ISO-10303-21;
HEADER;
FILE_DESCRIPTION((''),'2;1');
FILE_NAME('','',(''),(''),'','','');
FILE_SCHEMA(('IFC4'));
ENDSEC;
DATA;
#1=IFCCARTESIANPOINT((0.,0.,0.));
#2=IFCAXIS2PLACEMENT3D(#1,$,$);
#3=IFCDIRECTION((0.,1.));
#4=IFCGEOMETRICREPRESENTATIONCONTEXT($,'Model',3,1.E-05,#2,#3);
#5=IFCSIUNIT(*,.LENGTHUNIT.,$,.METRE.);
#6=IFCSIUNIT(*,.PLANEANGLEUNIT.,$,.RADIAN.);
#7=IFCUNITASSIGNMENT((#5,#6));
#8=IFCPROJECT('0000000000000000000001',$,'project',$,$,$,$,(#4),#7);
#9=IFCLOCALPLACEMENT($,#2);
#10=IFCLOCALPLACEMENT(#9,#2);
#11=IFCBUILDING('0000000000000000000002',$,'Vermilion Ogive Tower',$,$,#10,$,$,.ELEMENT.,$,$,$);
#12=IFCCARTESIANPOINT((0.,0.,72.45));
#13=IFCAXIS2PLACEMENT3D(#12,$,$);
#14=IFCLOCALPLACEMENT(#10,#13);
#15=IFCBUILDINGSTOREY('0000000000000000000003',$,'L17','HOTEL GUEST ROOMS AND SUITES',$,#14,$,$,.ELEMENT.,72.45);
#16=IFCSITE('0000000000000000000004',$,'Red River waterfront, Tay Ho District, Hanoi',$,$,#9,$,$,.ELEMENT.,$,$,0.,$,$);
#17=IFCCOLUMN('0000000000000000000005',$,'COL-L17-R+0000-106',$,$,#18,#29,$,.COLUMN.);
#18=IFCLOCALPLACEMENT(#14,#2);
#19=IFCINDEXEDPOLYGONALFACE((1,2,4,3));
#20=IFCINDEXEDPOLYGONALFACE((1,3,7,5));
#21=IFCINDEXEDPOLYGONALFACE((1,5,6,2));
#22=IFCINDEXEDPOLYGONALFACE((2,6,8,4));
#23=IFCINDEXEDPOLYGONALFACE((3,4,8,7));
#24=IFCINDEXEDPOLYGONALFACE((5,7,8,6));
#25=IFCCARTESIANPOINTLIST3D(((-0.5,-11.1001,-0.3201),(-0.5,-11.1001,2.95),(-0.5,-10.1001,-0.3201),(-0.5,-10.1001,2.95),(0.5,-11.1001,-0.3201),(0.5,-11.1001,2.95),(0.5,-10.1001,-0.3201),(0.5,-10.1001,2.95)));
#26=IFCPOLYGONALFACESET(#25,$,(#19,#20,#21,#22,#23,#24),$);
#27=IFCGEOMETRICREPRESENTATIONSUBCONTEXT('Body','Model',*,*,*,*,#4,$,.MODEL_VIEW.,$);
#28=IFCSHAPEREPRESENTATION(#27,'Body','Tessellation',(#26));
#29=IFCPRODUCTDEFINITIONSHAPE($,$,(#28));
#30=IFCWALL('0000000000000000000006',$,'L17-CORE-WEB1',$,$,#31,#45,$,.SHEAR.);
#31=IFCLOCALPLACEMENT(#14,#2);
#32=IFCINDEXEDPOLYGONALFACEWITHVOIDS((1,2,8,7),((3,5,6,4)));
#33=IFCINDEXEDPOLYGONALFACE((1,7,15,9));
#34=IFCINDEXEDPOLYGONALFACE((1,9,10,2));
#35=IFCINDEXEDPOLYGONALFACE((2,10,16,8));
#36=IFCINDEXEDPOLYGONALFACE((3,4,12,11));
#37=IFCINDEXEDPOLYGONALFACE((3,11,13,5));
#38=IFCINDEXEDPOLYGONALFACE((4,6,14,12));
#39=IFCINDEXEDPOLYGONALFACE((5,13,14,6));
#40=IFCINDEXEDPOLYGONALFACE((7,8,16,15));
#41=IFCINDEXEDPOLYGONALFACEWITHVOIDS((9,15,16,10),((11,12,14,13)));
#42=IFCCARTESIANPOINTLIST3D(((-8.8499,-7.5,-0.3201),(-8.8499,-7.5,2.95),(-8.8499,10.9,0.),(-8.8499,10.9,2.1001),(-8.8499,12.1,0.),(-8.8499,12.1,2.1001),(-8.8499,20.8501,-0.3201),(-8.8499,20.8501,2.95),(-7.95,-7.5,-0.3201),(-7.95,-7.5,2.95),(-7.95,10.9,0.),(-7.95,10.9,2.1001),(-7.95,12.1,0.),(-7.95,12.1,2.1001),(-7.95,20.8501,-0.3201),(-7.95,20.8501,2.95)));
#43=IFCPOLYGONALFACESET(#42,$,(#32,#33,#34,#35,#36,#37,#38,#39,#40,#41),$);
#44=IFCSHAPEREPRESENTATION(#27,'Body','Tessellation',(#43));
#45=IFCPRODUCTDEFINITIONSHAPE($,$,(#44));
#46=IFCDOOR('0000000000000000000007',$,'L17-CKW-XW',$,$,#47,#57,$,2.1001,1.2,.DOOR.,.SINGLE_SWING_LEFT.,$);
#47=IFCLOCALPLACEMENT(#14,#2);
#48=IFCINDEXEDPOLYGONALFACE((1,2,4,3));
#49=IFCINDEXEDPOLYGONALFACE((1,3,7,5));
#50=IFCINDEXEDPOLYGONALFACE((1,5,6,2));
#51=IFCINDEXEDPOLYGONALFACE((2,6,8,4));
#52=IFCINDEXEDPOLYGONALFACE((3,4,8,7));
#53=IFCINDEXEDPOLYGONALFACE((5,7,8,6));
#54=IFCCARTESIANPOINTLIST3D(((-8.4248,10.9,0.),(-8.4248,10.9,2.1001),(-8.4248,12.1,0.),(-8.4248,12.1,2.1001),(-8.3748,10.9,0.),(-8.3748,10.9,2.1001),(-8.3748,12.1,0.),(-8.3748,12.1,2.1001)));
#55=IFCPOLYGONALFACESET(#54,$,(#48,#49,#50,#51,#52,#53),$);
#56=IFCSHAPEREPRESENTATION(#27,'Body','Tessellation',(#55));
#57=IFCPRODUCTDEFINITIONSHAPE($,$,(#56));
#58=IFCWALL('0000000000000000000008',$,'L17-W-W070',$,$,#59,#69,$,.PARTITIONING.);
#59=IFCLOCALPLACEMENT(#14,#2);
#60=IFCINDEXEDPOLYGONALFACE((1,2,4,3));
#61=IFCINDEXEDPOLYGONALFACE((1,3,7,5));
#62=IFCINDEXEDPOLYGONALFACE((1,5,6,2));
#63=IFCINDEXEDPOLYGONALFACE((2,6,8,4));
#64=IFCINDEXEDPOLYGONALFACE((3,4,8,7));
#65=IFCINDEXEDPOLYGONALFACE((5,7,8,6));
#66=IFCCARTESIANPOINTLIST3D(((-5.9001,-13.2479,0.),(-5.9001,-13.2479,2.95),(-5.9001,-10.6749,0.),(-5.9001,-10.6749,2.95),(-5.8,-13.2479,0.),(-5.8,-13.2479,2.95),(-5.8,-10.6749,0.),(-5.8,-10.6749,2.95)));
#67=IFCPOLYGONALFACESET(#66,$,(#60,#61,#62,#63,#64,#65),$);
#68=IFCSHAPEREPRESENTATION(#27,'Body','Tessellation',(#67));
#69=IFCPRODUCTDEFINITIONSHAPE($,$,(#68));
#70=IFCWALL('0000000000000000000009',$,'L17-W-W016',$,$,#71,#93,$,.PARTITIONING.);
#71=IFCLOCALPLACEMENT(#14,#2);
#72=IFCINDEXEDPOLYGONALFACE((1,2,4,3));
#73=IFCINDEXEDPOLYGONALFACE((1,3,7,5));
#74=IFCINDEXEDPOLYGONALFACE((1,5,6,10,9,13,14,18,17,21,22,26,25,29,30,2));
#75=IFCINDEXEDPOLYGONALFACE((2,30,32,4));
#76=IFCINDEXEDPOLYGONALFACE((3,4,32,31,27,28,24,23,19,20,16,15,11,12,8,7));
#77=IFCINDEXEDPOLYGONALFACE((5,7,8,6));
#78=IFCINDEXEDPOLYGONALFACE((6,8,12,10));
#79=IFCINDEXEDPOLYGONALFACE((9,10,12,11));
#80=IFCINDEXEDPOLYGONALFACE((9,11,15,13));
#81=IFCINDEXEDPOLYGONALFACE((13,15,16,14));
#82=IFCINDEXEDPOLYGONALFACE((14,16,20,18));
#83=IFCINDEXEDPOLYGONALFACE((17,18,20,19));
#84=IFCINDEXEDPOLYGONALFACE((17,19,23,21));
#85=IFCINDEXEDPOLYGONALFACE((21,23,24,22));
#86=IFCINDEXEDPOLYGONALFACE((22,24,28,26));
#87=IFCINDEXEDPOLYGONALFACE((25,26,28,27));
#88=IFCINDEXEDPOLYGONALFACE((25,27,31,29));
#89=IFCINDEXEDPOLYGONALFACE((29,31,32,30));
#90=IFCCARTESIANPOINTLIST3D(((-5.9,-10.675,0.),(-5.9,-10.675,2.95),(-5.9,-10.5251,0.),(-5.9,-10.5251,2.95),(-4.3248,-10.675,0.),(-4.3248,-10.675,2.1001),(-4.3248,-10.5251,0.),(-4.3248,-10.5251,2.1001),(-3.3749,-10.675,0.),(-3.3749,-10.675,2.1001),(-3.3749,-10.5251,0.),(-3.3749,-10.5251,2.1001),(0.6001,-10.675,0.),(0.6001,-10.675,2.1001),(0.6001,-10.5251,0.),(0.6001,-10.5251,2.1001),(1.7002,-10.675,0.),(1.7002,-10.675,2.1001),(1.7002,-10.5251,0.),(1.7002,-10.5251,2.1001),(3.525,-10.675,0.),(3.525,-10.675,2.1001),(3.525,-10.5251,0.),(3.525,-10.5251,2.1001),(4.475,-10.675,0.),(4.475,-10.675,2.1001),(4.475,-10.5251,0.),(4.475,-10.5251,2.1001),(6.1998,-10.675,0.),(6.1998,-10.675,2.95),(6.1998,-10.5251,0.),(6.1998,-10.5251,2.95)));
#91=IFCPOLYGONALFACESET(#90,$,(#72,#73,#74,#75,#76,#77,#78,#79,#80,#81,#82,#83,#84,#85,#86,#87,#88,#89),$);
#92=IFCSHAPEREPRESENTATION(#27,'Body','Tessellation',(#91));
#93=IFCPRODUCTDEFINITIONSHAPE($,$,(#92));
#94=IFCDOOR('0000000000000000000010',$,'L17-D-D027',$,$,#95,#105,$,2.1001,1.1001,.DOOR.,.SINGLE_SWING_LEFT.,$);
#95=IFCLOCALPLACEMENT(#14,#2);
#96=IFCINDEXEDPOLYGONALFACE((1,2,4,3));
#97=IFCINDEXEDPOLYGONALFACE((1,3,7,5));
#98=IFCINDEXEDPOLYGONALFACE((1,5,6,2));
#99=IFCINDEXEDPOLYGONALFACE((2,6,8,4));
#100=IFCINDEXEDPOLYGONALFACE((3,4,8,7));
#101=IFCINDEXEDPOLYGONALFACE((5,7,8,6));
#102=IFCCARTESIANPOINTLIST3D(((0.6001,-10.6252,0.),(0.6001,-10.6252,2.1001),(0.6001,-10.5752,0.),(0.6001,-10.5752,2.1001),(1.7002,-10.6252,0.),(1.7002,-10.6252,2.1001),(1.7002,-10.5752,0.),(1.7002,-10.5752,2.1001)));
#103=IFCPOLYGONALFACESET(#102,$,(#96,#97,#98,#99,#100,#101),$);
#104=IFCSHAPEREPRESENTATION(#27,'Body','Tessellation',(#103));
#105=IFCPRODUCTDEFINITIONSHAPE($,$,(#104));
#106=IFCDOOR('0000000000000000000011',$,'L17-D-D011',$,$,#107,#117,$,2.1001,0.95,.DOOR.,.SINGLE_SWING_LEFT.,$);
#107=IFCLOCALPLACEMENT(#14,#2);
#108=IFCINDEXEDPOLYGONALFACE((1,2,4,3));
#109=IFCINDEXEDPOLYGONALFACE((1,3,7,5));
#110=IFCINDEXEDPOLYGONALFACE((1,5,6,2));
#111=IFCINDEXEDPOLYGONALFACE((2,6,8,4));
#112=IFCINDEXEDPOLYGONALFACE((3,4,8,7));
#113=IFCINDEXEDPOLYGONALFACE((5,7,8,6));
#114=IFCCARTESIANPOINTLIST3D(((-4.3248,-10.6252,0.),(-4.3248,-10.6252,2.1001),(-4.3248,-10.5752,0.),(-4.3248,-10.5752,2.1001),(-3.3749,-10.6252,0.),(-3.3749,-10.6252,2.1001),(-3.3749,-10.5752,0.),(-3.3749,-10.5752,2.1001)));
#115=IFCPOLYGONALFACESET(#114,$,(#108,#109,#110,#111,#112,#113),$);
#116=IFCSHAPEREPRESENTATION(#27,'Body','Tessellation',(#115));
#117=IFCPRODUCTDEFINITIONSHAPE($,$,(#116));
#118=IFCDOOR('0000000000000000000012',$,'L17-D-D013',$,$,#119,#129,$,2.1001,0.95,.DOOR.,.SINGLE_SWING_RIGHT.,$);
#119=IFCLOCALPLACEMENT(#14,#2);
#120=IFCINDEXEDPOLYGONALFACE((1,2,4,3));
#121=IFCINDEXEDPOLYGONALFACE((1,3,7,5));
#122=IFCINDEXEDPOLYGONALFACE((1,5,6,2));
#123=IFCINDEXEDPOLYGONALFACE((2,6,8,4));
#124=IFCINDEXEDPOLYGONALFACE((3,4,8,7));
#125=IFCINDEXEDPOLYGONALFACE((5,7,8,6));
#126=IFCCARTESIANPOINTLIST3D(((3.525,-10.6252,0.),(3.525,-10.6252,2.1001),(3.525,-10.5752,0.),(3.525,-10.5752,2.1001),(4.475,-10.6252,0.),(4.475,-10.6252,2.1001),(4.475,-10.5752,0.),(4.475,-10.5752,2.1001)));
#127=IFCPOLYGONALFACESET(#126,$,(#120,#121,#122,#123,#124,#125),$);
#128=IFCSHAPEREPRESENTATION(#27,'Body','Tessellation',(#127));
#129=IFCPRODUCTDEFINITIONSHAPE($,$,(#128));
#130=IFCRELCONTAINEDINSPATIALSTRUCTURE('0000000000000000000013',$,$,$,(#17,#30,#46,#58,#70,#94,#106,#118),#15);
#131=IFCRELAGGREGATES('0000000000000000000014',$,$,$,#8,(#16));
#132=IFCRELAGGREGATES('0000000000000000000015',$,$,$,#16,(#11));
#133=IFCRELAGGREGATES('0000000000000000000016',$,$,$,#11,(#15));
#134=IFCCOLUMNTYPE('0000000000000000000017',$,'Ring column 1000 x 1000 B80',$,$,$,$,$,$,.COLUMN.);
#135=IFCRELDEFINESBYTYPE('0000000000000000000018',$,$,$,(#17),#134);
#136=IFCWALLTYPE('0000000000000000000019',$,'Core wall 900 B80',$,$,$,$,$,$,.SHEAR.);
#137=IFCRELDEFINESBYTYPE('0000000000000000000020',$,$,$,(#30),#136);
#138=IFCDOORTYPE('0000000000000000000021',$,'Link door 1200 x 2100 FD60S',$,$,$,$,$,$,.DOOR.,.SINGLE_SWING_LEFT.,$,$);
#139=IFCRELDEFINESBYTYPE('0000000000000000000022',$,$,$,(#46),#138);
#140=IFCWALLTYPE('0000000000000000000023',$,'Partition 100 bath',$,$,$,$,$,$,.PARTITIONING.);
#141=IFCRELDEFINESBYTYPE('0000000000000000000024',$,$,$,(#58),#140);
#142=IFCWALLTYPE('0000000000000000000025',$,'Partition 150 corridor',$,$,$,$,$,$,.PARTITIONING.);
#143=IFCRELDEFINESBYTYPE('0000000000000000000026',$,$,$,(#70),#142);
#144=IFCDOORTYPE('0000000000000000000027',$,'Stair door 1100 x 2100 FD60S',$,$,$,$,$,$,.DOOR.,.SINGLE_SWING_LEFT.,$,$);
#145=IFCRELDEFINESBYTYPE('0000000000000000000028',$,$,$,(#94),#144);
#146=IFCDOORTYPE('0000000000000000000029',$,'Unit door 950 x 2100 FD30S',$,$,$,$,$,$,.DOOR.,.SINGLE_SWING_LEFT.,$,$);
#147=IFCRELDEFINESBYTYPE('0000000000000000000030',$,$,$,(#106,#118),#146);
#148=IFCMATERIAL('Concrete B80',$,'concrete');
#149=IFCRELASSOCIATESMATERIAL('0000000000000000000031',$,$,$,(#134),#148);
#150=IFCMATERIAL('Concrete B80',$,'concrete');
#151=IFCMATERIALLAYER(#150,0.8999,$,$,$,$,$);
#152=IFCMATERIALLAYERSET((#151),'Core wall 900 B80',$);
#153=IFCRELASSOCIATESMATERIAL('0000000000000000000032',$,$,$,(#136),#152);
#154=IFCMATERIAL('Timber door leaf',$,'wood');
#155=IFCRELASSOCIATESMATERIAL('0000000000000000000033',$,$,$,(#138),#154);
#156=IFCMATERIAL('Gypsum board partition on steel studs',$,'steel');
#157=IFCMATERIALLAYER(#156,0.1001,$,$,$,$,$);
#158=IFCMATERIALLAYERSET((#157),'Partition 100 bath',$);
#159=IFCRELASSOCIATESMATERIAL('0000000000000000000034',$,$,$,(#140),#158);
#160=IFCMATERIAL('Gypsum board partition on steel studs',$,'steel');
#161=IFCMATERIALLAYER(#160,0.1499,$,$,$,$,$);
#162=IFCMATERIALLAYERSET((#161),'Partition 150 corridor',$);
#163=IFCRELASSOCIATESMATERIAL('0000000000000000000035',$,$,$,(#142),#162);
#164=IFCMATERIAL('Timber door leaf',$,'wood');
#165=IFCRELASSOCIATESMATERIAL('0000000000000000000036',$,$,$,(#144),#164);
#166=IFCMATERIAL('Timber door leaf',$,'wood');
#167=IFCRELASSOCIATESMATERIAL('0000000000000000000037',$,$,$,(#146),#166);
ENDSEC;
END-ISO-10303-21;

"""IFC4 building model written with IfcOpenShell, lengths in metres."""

from ifc_helpers import new_model, si_unit, direction, frame, frame_2d, origin, origin_2d, place, context, subcontext, project, spatial, rectangle, extrude, material, layer, layer_set, material_profile, profile_set, type_object, element, fill, save


model = new_model("IFC4")

# Units and contexts
model_context = context("Model", 3, precision=1e-05, world=origin(), true_north=direction((0.0, 1.0)))
body_context = subcontext(model_context, "Body", "Model", "MODEL_VIEW")
ifc_project = project(units=[si_unit("LENGTHUNIT", "METRE"), si_unit("PLANEANGLEUNIT", "RADIAN")], contexts=[model_context])

# Site, building, storey
site_placement = place(None, origin())
site = spatial("IfcSite", under=ifc_project, at=site_placement, Name="Red River waterfront, Tay Ho District, Hanoi", CompositionType="ELEMENT", RefElevation=0.0)
building_placement = place(site_placement, origin())
building = spatial("IfcBuilding", under=site, at=building_placement, Name="Vermilion Ogive Tower", CompositionType="ELEMENT")
storey_placement = place(building_placement, frame((0.0, 0.0, 72.45)))
storey = spatial("IfcBuildingStorey", under=building, at=storey_placement, Name="L17", Description="HOTEL GUEST ROOMS AND SUITES", CompositionType="ELEMENT", Elevation=72.45)

# Column
ifc_material_1 = material(Name="Concrete B80", Category="concrete")
ifc_material_profile = material_profile(ifc_material_1, rectangle(XDim=1.0, YDim=1.0, at=origin_2d()), Name="1000 x 1000")
ifc_profile_set = profile_set([ifc_material_profile], Name="Concrete B80")
column_type = type_object("IfcColumnType", Name="Ring column 1000 x 1000 B80", PredefinedType="COLUMN", material=ifc_profile_set)
column_placement = place(storey_placement, frame((0.0, -10.6001, -0.3201), z_axis=(0.0, 0.0, 1.0), x_axis=(1.0, 0.0, 0.0)))
element("IfcColumn", 1, at=column_placement, inside=storey, type_object=column_type, Name="COL-L17-R+0000-106", PredefinedType="COLUMN", context=body_context, shape_type="SweptSolid", body=[
    extrude(rectangle(XDim=1.0, YDim=1.0, at=origin_2d()), origin(), (0.0, 0.0, 1.0), 3.27),
])

# Wall, opening, door
ifc_material_2 = material(Name="Concrete B80", Category="concrete")
ifc_layer_1 = layer(ifc_material_2, 0.8999)
ifc_layer_set_1 = layer_set([ifc_layer_1], Name="Core wall 900 B80")
wall_type_1 = type_object("IfcWallType", Name="Core wall 900 B80", PredefinedType="SHEAR", material=ifc_layer_set_1)
wall_1_placement = place(storey_placement, frame((-8.3999, -7.5, -0.3201), z_axis=(0.0, 0.0, 1.0), x_axis=(0.0, 1.0, 0.0)))
wall_1 = element("IfcWall", 2, at=wall_1_placement, inside=storey, type_object=wall_type_1, Name="L17-CORE-WEB1", PredefinedType="SHEAR", context=body_context, shape_type="SweptSolid", body=[
    extrude(rectangle(XDim=28.3501, YDim=0.8999, at=frame_2d((14.175, 0.0))), origin(), (0.0, 0.0, 1.0), 3.27),
])
opening_1_placement = place(wall_1_placement, frame((18.3999, 0.0, 0.3201)))
opening_1 = element("IfcOpeningElement", 3, at=opening_1_placement, cuts=wall_1, PredefinedType="OPENING", context=body_context, shape_type="SweptSolid", body=[
    extrude(rectangle(XDim=1.2, YDim=2.1001, at=frame_2d((0.6001, 1.05))), frame((0.0, 0.46, 0.0), z_axis=(0.0, -1.0, 0.0), x_axis=(1.0, 0.0, 0.0)), (0.0, 0.0, 1.0), 0.9199),
])
ifc_material_3 = material(Name="Timber door leaf", Category="wood")
door_type_1 = type_object("IfcDoorType", Name="Link door 1200 x 2100 FD60S", OperationType="SINGLE_SWING_LEFT", PredefinedType="DOOR", material=ifc_material_3)
door_1_placement = place(opening_1_placement, origin())
door_1 = element("IfcDoor", 4, at=door_1_placement, inside=storey, type_object=door_type_1, Name="L17-CKW-XW", OperationType="SINGLE_SWING_LEFT", OverallHeight=2.1001, OverallWidth=1.2, PredefinedType="DOOR", context=body_context, shape_type="SweptSolid", body=[
    extrude(rectangle(XDim=1.2, YDim=2.1001, at=frame_2d((0.6001, 1.05))), frame((0.0, 0.0249, 0.0), z_axis=(0.0, -1.0, 0.0), x_axis=(1.0, 0.0, 0.0)), (0.0, 0.0, 1.0), 0.05),
])
fill(opening_1, door_1)

# Wall
ifc_material_4 = material(Name="Gypsum board partition on steel studs", Category="steel")
ifc_layer_2 = layer(ifc_material_4, 0.1001)
ifc_layer_set_2 = layer_set([ifc_layer_2], Name="Partition 100 bath")
wall_type_2 = type_object("IfcWallType", Name="Partition 100 bath", PredefinedType="PARTITIONING", material=ifc_layer_set_2)
wall_2_placement = place(storey_placement, frame((-5.8501, -13.248, 0.0), z_axis=(0.0, 0.0, 1.0), x_axis=(0.0, 1.0, 0.0)))
element("IfcWall", 5, at=wall_2_placement, inside=storey, type_object=wall_type_2, Name="L17-W-W070", PredefinedType="PARTITIONING", context=body_context, shape_type="SweptSolid", body=[
    extrude(rectangle(XDim=2.573, YDim=0.1001, at=frame_2d((1.2866, 0.0))), origin(), (0.0, 0.0, 1.0), 2.95),
])

# Wall, openings, doors
ifc_material_5 = material(Name="Gypsum board partition on steel studs", Category="steel")
ifc_layer_3 = layer(ifc_material_5, 0.1499)
ifc_layer_set_3 = layer_set([ifc_layer_3], Name="Partition 150 corridor")
wall_type_3 = type_object("IfcWallType", Name="Partition 150 corridor", PredefinedType="PARTITIONING", material=ifc_layer_set_3)
wall_3_placement = place(storey_placement, frame((-5.8999, -10.6001, 0.0), z_axis=(0.0, 0.0, 1.0), x_axis=(1.0, 0.0, 0.0)))
wall_3 = element("IfcWall", 6, at=wall_3_placement, inside=storey, type_object=wall_type_3, Name="L17-W-W016", PredefinedType="PARTITIONING", context=body_context, shape_type="SweptSolid", body=[
    extrude(rectangle(XDim=12.0999, YDim=0.1499, at=frame_2d((6.0498, 0.0))), origin(), (0.0, 0.0, 1.0), 2.95),
])
opening_2_placement = place(wall_3_placement, frame((1.575, 0.0, 0.0)))
opening_2 = element("IfcOpeningElement", 7, at=opening_2_placement, cuts=wall_3, PredefinedType="OPENING", context=body_context, shape_type="SweptSolid", body=[
    extrude(rectangle(XDim=0.95, YDim=2.1001, at=frame_2d((0.4751, 1.05))), frame((0.0, 0.085, 0.0), z_axis=(0.0, -1.0, 0.0), x_axis=(1.0, 0.0, 0.0)), (0.0, 0.0, 1.0), 0.1699),
])
opening_3_placement = place(wall_3_placement, frame((9.4248, 0.0, 0.0)))
opening_3 = element("IfcOpeningElement", 8, at=opening_3_placement, cuts=wall_3, PredefinedType="OPENING", context=body_context, shape_type="SweptSolid", body=[
    extrude(rectangle(XDim=0.95, YDim=2.1001, at=frame_2d((0.4751, 1.05))), frame((0.0, 0.085, 0.0), z_axis=(0.0, -1.0, 0.0), x_axis=(1.0, 0.0, 0.0)), (0.0, 0.0, 1.0), 0.1699),
])
opening_4_placement = place(wall_3_placement, frame((6.5, 0.0, 0.0)))
opening_4 = element("IfcOpeningElement", 9, at=opening_4_placement, cuts=wall_3, PredefinedType="OPENING", context=body_context, shape_type="SweptSolid", body=[
    extrude(rectangle(XDim=1.1001, YDim=2.1001, at=frame_2d((0.55, 1.05))), frame((0.0, 0.085, 0.0), z_axis=(0.0, -1.0, 0.0), x_axis=(1.0, 0.0, 0.0)), (0.0, 0.0, 1.0), 0.1699),
])
ifc_material_6 = material(Name="Timber door leaf", Category="wood")
door_type_2 = type_object("IfcDoorType", Name="Stair door 1100 x 2100 FD60S", OperationType="SINGLE_SWING_LEFT", PredefinedType="DOOR", material=ifc_material_6)
door_2_placement = place(opening_4_placement, origin())
door_2 = element("IfcDoor", 10, at=door_2_placement, inside=storey, type_object=door_type_2, Name="L17-D-D027", OperationType="SINGLE_SWING_LEFT", OverallHeight=2.1001, OverallWidth=1.1001, PredefinedType="DOOR", context=body_context, shape_type="SweptSolid", body=[
    extrude(rectangle(XDim=1.1001, YDim=2.1001, at=frame_2d((0.55, 1.05))), frame((0.0, 0.0249, 0.0), z_axis=(0.0, -1.0, 0.0), x_axis=(1.0, 0.0, 0.0)), (0.0, 0.0, 1.0), 0.05),
])
fill(opening_4, door_2)
ifc_material_7 = material(Name="Timber door leaf", Category="wood")
door_type_3 = type_object("IfcDoorType", Name="Unit door 950 x 2100 FD30S", OperationType="SINGLE_SWING_LEFT", PredefinedType="DOOR", material=ifc_material_7)
door_3_placement = place(opening_2_placement, origin())
door_3 = element("IfcDoor", 11, at=door_3_placement, inside=storey, type_object=door_type_3, Name="L17-D-D011", OperationType="SINGLE_SWING_LEFT", OverallHeight=2.1001, OverallWidth=0.95, PredefinedType="DOOR", context=body_context, shape_type="SweptSolid", body=[
    extrude(rectangle(XDim=0.95, YDim=2.1001, at=frame_2d((0.4751, 1.05))), frame((0.0, 0.0249, 0.0), z_axis=(0.0, -1.0, 0.0), x_axis=(1.0, 0.0, 0.0)), (0.0, 0.0, 1.0), 0.05),
])
fill(opening_2, door_3)
door_4_placement = place(opening_3_placement, origin())
door_4 = element("IfcDoor", 12, at=door_4_placement, inside=storey, type_object=door_type_3, Name="L17-D-D013", OperationType="SINGLE_SWING_RIGHT", OverallHeight=2.1001, OverallWidth=0.95, PredefinedType="DOOR", context=body_context, shape_type="SweptSolid", body=[
    extrude(rectangle(XDim=0.95, YDim=2.1001, at=frame_2d((0.4751, 1.05))), frame((0.0, 0.0249, 0.0), z_axis=(0.0, -1.0, 0.0), x_axis=(1.0, 0.0, 0.0)), (0.0, 0.0, 1.0), 0.05),
])
fill(opening_3, door_4)

save(model, "model.ifc")
